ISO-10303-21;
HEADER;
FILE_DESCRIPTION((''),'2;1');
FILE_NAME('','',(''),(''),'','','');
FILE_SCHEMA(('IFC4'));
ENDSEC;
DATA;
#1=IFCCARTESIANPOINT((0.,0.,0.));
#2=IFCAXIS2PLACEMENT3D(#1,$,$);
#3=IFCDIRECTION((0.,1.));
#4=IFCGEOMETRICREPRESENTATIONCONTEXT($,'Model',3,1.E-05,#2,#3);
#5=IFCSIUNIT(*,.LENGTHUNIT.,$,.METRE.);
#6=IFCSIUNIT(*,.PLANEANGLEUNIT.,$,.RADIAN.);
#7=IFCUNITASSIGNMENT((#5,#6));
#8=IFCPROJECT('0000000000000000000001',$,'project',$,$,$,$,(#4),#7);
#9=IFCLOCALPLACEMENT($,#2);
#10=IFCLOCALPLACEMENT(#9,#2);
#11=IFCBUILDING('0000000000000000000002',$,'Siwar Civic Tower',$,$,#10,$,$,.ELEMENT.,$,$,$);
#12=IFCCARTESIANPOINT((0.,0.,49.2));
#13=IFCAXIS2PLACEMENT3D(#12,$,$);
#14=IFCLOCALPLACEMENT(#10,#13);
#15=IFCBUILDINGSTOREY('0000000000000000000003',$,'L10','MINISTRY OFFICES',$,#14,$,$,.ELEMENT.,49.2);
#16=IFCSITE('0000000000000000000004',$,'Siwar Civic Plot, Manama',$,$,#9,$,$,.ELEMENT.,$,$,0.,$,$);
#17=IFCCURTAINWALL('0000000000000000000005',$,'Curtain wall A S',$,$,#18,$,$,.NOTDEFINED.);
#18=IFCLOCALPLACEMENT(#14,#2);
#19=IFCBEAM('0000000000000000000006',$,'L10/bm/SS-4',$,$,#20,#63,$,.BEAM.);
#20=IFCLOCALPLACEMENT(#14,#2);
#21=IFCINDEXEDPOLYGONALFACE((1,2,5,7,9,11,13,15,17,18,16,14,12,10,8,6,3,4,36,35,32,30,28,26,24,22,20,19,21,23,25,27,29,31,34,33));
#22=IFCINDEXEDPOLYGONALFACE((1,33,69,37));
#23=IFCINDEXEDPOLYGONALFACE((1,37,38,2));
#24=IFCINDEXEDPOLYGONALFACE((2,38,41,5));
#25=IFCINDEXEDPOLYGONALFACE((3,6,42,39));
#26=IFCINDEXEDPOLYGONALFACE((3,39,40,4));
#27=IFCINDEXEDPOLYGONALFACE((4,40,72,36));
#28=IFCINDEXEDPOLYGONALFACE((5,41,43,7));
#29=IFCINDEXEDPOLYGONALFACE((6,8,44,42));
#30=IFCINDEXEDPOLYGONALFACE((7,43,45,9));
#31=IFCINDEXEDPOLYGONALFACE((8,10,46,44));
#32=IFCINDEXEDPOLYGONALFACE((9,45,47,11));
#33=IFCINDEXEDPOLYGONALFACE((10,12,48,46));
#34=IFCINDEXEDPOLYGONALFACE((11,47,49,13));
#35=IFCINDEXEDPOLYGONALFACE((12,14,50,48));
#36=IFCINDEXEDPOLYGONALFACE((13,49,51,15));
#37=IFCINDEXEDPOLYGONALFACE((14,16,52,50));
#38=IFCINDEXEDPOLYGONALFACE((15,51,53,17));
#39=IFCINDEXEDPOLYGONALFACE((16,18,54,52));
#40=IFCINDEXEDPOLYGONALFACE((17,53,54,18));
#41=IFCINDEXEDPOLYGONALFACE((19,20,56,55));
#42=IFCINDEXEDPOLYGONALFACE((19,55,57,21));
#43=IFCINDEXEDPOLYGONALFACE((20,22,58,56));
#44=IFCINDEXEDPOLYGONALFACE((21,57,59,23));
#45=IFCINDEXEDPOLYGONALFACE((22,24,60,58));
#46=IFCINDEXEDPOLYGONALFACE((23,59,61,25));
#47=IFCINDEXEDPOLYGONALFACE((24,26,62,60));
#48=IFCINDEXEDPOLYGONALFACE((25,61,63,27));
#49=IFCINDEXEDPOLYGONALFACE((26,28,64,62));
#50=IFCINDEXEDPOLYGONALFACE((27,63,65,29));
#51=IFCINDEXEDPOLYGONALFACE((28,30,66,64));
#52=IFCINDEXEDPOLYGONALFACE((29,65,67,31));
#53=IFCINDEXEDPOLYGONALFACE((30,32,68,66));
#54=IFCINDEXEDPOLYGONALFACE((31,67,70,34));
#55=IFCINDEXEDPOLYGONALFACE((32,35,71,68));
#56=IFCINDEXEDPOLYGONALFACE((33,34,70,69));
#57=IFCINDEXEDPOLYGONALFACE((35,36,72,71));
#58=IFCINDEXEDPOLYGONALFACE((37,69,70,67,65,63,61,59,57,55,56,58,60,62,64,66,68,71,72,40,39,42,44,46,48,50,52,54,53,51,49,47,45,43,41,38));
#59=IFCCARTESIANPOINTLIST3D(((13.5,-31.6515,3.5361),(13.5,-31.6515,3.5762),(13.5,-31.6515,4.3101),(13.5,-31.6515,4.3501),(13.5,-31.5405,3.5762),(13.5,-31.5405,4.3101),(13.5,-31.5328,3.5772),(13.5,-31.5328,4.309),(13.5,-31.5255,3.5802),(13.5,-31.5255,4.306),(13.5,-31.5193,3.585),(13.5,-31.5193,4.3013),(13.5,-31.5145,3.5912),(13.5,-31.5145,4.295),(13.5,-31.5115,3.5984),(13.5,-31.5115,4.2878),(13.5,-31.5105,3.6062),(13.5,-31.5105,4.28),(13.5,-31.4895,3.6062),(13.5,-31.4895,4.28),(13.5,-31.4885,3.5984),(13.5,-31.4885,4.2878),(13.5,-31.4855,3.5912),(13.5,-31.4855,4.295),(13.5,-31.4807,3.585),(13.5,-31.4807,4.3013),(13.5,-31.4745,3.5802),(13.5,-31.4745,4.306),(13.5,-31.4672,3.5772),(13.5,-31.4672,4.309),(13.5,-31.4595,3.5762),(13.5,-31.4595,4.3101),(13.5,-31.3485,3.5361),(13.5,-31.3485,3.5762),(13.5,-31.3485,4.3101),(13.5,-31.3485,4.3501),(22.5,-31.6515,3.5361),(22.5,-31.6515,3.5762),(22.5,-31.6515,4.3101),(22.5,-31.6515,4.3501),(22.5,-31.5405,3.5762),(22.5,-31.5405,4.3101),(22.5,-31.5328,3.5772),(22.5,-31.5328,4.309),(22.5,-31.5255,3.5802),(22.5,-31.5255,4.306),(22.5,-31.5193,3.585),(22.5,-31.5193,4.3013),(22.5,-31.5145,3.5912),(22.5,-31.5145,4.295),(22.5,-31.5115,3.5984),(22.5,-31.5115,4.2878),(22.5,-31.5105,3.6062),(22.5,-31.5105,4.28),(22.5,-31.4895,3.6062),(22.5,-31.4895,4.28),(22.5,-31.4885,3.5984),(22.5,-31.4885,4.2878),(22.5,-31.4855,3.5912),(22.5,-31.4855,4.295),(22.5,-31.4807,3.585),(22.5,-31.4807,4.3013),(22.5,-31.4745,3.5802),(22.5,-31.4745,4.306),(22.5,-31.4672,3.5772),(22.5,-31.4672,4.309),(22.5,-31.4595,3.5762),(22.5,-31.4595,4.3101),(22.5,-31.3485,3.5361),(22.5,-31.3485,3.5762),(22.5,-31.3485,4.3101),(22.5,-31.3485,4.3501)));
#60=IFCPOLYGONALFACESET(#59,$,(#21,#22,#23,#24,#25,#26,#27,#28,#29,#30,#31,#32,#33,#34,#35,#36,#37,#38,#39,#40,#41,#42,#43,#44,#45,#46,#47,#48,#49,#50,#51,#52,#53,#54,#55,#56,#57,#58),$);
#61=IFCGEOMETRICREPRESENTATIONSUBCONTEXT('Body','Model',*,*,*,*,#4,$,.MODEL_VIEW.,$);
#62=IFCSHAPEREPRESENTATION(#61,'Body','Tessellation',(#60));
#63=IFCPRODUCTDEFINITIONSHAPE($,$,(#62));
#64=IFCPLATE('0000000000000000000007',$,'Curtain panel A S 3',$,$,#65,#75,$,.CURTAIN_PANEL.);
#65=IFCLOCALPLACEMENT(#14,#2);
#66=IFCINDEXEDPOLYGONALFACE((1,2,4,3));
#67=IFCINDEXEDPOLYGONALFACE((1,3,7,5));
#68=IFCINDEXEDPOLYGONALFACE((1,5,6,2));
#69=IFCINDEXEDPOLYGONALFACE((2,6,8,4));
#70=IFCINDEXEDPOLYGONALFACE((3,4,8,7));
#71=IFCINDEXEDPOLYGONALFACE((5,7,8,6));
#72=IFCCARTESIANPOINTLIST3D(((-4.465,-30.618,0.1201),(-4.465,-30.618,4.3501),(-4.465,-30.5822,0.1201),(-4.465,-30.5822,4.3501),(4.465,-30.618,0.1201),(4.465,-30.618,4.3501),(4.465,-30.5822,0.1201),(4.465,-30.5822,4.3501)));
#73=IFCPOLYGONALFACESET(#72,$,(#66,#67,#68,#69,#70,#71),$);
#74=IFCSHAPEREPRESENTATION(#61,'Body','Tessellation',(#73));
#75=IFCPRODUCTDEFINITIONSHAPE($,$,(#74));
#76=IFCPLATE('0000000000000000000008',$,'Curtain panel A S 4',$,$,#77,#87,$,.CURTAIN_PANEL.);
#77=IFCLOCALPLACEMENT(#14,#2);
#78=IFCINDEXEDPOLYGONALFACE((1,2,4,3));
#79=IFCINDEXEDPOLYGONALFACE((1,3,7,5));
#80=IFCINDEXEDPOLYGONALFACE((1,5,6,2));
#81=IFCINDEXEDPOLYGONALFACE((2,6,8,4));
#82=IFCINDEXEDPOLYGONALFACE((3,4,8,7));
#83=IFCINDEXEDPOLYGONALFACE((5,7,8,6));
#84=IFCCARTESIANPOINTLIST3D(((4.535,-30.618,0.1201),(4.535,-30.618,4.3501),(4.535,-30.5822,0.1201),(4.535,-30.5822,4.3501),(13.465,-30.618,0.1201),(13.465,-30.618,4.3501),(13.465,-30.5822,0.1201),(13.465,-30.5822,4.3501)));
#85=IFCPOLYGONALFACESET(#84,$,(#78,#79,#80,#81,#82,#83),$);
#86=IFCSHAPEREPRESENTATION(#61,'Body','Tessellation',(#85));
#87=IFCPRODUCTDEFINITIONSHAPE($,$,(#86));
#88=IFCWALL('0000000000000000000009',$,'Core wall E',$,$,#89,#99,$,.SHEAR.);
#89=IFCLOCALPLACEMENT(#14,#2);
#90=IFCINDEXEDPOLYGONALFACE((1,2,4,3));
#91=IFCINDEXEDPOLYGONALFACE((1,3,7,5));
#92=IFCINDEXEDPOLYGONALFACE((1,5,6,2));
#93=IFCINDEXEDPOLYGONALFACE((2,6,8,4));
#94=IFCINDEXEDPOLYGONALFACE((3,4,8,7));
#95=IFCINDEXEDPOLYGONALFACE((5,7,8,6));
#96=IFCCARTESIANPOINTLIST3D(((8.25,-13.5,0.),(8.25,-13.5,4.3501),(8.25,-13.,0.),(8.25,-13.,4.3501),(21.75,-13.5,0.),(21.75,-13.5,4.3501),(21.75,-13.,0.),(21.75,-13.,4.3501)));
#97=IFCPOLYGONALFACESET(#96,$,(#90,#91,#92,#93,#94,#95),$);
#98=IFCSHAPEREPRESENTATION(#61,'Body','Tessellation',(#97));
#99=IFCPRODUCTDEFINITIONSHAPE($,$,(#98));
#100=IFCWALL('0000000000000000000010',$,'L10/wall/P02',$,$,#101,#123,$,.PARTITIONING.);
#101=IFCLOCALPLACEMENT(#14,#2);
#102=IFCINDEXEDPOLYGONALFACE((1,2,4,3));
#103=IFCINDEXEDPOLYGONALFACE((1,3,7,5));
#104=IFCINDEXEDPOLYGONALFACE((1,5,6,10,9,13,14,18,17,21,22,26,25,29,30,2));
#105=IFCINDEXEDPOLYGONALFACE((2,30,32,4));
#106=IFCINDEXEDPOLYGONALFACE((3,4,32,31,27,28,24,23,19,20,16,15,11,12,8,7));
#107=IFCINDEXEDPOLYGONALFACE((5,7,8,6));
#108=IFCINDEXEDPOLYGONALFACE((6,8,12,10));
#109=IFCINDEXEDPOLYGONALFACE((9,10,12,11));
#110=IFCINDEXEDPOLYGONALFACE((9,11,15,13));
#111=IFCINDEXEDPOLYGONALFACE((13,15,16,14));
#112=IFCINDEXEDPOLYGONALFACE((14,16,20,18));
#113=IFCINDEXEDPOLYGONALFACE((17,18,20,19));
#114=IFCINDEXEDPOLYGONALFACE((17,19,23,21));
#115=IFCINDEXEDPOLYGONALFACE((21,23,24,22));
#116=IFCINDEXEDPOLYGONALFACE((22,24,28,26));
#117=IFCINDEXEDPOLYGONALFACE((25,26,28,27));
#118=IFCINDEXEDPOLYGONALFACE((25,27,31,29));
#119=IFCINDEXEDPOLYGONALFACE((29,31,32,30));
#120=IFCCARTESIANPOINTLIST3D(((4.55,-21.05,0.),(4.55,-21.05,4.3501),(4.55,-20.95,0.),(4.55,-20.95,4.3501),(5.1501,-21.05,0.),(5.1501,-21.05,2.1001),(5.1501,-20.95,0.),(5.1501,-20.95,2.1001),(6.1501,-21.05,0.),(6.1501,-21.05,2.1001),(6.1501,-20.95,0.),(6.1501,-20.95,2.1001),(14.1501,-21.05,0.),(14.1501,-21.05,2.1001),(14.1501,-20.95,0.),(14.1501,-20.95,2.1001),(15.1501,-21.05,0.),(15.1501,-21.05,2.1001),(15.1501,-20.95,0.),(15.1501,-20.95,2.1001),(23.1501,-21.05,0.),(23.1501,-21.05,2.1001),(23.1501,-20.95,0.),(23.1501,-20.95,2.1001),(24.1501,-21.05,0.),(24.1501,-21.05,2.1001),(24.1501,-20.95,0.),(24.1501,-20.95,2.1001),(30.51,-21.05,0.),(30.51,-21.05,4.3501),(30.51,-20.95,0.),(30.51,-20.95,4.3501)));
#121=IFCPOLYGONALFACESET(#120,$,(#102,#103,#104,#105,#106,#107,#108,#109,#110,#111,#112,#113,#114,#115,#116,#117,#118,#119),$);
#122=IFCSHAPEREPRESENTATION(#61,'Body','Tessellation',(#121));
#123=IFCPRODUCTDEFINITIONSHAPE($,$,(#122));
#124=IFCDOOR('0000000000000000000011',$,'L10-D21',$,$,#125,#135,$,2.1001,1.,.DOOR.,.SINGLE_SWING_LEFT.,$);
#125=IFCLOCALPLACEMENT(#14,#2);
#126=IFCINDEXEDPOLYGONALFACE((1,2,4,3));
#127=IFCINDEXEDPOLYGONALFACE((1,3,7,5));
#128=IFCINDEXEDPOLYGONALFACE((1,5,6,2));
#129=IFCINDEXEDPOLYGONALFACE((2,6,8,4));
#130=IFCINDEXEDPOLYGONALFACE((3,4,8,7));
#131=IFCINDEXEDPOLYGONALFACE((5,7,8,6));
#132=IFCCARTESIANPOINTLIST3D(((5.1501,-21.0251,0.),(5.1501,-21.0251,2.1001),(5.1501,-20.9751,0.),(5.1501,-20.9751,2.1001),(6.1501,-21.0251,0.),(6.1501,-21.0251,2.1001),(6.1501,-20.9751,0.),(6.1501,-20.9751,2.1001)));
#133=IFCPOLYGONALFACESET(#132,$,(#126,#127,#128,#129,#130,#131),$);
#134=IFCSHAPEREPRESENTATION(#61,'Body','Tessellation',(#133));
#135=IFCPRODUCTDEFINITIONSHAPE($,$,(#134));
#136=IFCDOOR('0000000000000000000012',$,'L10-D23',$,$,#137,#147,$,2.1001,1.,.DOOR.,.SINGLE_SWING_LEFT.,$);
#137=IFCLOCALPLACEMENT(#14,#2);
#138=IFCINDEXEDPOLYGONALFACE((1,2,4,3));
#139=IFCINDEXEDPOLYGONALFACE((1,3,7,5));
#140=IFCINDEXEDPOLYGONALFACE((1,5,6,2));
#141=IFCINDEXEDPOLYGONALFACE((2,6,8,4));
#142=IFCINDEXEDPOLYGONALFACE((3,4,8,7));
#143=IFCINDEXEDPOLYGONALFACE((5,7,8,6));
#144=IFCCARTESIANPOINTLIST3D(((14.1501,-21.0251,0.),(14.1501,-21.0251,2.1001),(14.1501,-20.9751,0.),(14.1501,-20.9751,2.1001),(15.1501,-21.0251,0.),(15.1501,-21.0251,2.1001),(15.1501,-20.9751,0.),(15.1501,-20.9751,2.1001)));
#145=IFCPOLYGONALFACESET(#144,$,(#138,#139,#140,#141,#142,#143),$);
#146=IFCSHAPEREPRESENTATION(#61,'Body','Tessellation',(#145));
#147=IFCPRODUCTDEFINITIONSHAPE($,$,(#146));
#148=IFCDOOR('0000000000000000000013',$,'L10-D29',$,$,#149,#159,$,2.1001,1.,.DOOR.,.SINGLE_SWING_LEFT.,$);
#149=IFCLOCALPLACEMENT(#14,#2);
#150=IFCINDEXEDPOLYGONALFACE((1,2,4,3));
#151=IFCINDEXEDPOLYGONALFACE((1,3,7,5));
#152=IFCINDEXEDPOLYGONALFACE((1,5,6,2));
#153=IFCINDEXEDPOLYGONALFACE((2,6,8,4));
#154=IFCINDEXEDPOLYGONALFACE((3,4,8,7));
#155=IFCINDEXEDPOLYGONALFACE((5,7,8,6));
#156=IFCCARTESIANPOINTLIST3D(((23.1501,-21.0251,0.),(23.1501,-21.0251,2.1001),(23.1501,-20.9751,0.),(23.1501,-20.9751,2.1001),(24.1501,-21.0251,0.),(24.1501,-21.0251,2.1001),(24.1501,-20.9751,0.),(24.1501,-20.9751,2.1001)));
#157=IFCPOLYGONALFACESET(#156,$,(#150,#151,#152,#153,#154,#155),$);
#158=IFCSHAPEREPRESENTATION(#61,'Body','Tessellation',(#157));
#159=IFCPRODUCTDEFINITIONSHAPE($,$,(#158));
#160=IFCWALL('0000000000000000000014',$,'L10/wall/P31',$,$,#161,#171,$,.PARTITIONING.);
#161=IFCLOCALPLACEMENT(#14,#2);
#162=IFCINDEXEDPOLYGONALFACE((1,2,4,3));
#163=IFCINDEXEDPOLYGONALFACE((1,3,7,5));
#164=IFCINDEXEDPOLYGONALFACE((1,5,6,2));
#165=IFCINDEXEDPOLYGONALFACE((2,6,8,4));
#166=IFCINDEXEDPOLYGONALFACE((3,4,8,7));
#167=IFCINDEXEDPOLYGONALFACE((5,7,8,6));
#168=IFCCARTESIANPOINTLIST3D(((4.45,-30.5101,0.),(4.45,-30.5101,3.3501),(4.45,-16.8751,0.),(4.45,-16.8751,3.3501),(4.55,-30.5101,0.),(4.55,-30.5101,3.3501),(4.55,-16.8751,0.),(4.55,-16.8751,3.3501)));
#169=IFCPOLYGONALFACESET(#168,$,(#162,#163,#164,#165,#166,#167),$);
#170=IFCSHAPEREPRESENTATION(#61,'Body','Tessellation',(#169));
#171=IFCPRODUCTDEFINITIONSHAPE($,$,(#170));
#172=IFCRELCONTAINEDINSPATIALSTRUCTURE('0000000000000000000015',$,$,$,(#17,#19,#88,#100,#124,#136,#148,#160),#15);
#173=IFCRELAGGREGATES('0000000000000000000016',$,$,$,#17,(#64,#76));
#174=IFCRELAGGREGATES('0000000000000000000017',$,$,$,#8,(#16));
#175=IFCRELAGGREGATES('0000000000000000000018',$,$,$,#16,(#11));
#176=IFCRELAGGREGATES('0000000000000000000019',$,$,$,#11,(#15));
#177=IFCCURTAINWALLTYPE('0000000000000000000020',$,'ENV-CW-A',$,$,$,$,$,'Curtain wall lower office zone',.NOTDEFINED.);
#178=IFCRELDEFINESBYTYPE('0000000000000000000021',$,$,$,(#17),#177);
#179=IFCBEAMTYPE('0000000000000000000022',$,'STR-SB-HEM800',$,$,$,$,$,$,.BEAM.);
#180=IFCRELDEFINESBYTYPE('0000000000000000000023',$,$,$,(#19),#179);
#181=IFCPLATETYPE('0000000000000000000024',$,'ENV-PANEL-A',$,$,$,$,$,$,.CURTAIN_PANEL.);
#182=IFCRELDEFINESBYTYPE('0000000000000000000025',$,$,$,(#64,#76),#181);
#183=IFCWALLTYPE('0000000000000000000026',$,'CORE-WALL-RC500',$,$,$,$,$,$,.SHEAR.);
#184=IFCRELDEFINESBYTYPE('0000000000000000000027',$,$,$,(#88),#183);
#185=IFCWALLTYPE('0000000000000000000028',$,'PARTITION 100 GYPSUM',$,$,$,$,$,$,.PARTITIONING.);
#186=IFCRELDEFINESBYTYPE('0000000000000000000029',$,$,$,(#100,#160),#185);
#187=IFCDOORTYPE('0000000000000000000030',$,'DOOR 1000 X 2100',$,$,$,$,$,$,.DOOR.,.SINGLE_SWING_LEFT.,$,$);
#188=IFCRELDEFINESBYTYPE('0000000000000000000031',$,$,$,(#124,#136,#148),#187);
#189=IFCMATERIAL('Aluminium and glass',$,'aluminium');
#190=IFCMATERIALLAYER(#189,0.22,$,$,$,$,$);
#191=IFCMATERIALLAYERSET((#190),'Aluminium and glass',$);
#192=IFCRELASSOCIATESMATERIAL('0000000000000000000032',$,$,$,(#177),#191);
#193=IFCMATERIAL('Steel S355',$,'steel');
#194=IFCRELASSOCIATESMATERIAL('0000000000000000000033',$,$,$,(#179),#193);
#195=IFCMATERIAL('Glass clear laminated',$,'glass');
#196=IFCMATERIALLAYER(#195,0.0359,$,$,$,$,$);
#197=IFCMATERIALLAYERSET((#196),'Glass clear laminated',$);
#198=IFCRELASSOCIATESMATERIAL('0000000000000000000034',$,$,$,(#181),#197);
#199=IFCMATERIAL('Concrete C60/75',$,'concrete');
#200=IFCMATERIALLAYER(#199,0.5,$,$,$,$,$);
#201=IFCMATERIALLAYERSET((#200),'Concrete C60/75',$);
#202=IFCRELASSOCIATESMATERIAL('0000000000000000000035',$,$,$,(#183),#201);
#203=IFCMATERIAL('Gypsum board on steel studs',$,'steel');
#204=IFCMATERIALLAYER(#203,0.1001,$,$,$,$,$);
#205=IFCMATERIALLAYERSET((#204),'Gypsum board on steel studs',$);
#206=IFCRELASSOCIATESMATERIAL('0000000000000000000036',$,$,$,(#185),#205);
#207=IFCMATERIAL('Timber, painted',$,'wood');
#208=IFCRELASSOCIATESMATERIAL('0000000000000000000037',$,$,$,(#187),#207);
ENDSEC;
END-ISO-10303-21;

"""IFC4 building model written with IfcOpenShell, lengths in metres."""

from ifc_helpers import new_model, si_unit, direction, frame, frame_2d, origin, origin_2d, place, context, subcontext, project, spatial, rectangle, i_section, extrude, material, layer, layer_set, material_profile, profile_set, type_object, element, fill, aggregate, save


model = new_model("IFC4")

# Units and contexts
model_context = context("Model", 3, precision=1e-05, world=origin(), true_north=direction((0.0, 1.0)))
body_context = subcontext(model_context, "Body", "Model", "MODEL_VIEW")
ifc_project = project(units=[si_unit("LENGTHUNIT", "METRE"), si_unit("PLANEANGLEUNIT", "RADIAN")], contexts=[model_context])

# Site, building, storey
site_placement = place(None, origin())
site = spatial("IfcSite", under=ifc_project, at=site_placement, Name="Siwar Civic Plot, Manama", CompositionType="ELEMENT", RefElevation=0.0)
building_placement = place(site_placement, origin())
building = spatial("IfcBuilding", under=site, at=building_placement, Name="Siwar Civic Tower", CompositionType="ELEMENT")
storey_placement = place(building_placement, frame((0.0, 0.0, 49.2)))
storey = spatial("IfcBuildingStorey", under=building, at=storey_placement, Name="L10", Description="MINISTRY OFFICES", CompositionType="ELEMENT", Elevation=49.2)

# Curtain wall
ifc_material_1 = material(Name="Aluminium and glass", Category="aluminium")
ifc_layer_1 = layer(ifc_material_1, 0.22)
ifc_layer_set_1 = layer_set([ifc_layer_1], Name="Aluminium and glass")
curtain_wall_type = type_object("IfcCurtainWallType", Name="ENV-CW-A", ElementType="Curtain wall lower office zone", PredefinedType="NOTDEFINED", material=ifc_layer_set_1)
curtain_wall_placement = place(storey_placement, origin())
curtain_wall = element("IfcCurtainWall", 1, at=curtain_wall_placement, inside=storey, type_object=curtain_wall_type, Name="Curtain wall A S", PredefinedType="NOTDEFINED")

# Beam
ifc_material_2 = material(Name="Steel S355", Category="steel")
ifc_material_profile_1 = material_profile(ifc_material_2, i_section(OverallWidth=0.303, OverallDepth=0.814, WebThickness=0.021, FlangeThickness=0.04, FilletRadius=0.03, at=origin_2d()), Name="HEM800")
ifc_profile_set_1 = profile_set([ifc_material_profile_1], Name="Steel S355")
beam_type_1 = type_object("IfcBeamType", Name="STR-SB-HEM800", PredefinedType="BEAM", material=ifc_profile_set_1)
for number, where, z_axis, x_axis, name in (
    (2, (13.5, -31.5, 3.9431), (1.0, 0.0, 0.0), (0.0, 1.0, 0.0), "L10/bm/SS-4"),
):
    element("IfcBeam", number, at=place(storey_placement, frame(where, z_axis=z_axis, x_axis=x_axis)), inside=storey, type_object=beam_type_1, Name=name, PredefinedType="BEAM", context=body_context, shape_type="SweptSolid", body=[
        extrude(i_section(OverallWidth=0.303, OverallDepth=0.814, WebThickness=0.021, FlangeThickness=0.04, FilletRadius=0.03, at=origin_2d()), origin(), (0.0, 0.0, 1.0), 9.0),
    ])

# Plates
ifc_material_3 = material(Name="Glass clear laminated", Category="glass")
ifc_layer_2 = layer(ifc_material_3, 0.0359)
ifc_layer_set_2 = layer_set([ifc_layer_2], Name="Glass clear laminated")
plate_type = type_object("IfcPlateType", Name="ENV-PANEL-A", PredefinedType="CURTAIN_PANEL", material=ifc_layer_set_2)
plate_1_placement = place(storey_placement, frame((0.0, -30.6001, 0.1201), z_axis=(0.0, 0.0, 1.0), x_axis=(1.0, 0.0, 0.0)))
plate_1 = element("IfcPlate", 3, at=plate_1_placement, type_object=plate_type, Name="Curtain panel A S 3", PredefinedType="CURTAIN_PANEL", context=body_context, shape_type="SweptSolid", body=[
    extrude(rectangle(XDim=8.9299, YDim=0.0359, at=origin_2d()), origin(), (0.0, 0.0, 1.0), 4.23),
])
plate_2_placement = place(storey_placement, frame((9.0, -30.6001, 0.1201), z_axis=(0.0, 0.0, 1.0), x_axis=(1.0, 0.0, 0.0)))
plate_2 = element("IfcPlate", 4, at=plate_2_placement, type_object=plate_type, Name="Curtain panel A S 4", PredefinedType="CURTAIN_PANEL", context=body_context, shape_type="SweptSolid", body=[
    extrude(rectangle(XDim=8.9299, YDim=0.0359, at=origin_2d()), origin(), (0.0, 0.0, 1.0), 4.23),
])
aggregate(curtain_wall, [plate_1, plate_2])

# Wall
ifc_material_4 = material(Name="Concrete C60/75", Category="concrete")
ifc_layer_3 = layer(ifc_material_4, 0.5)
ifc_layer_set_3 = layer_set([ifc_layer_3], Name="Concrete C60/75")
wall_type_1 = type_object("IfcWallType", Name="CORE-WALL-RC500", PredefinedType="SHEAR", material=ifc_layer_set_3)
wall_1_placement = place(storey_placement, frame((8.25, -13.25, 0.0), z_axis=(0.0, 0.0, 1.0), x_axis=(1.0, 0.0, 0.0)))
element("IfcWall", 5, at=wall_1_placement, inside=storey, type_object=wall_type_1, Name="Core wall E", PredefinedType="SHEAR", context=body_context, shape_type="SweptSolid", body=[
    extrude(rectangle(XDim=13.5, YDim=0.5, at=frame_2d((6.75, 0.0))), origin(), (0.0, 0.0, 1.0), 4.3501),
])

# Wall, openings, doors
ifc_material_5 = material(Name="Gypsum board on steel studs", Category="steel")
ifc_layer_4 = layer(ifc_material_5, 0.1001)
ifc_layer_set_4 = layer_set([ifc_layer_4], Name="Gypsum board on steel studs")
wall_type_2 = type_object("IfcWallType", Name="PARTITION 100 GYPSUM", PredefinedType="PARTITIONING", material=ifc_layer_set_4)
wall_2_placement = place(storey_placement, frame((4.55, -21.0, 0.0), z_axis=(0.0, 0.0, 1.0), x_axis=(1.0, 0.0, 0.0)))
wall_2 = element("IfcWall", 6, at=wall_2_placement, inside=storey, type_object=wall_type_2, Name="L10/wall/P02", PredefinedType="PARTITIONING", context=body_context, shape_type="SweptSolid", body=[
    extrude(rectangle(XDim=25.96, YDim=0.1001, at=frame_2d((12.98, 0.0))), origin(), (0.0, 0.0, 1.0), 4.3501),
])
opening_1_placement = place(wall_2_placement, frame((0.6001, 0.0, 0.0)))
opening_1 = element("IfcOpeningElement", 7, at=opening_1_placement, cuts=wall_2, PredefinedType="OPENING", context=body_context, shape_type="SweptSolid", body=[
    extrude(rectangle(XDim=1.0, YDim=2.1001, at=frame_2d((0.5, 1.05))), frame((0.0, 0.0601, 0.0), z_axis=(0.0, -1.0, 0.0), x_axis=(1.0, 0.0, 0.0)), (0.0, 0.0, 1.0), 0.1201),
])
opening_2_placement = place(wall_2_placement, frame((9.6001, 0.0, 0.0)))
opening_2 = element("IfcOpeningElement", 8, at=opening_2_placement, cuts=wall_2, PredefinedType="OPENING", context=body_context, shape_type="SweptSolid", body=[
    extrude(rectangle(XDim=1.0, YDim=2.1001, at=frame_2d((0.5, 1.05))), frame((0.0, 0.0601, 0.0), z_axis=(0.0, -1.0, 0.0), x_axis=(1.0, 0.0, 0.0)), (0.0, 0.0, 1.0), 0.1201),
])
opening_3_placement = place(wall_2_placement, frame((18.6001, 0.0, 0.0)))
opening_3 = element("IfcOpeningElement", 9, at=opening_3_placement, cuts=wall_2, PredefinedType="OPENING", context=body_context, shape_type="SweptSolid", body=[
    extrude(rectangle(XDim=1.0, YDim=2.1001, at=frame_2d((0.5, 1.05))), frame((0.0, 0.0601, 0.0), z_axis=(0.0, -1.0, 0.0), x_axis=(1.0, 0.0, 0.0)), (0.0, 0.0, 1.0), 0.1201),
])
ifc_material_6 = material(Name="Timber, painted", Category="wood")
door_type = type_object("IfcDoorType", Name="DOOR 1000 X 2100", OperationType="SINGLE_SWING_LEFT", PredefinedType="DOOR", material=ifc_material_6)
door_1_placement = place(opening_1_placement, origin())
door_1 = element("IfcDoor", 10, at=door_1_placement, inside=storey, type_object=door_type, Name="L10-D21", OperationType="SINGLE_SWING_LEFT", OverallHeight=2.1001, OverallWidth=1.0, PredefinedType="DOOR", context=body_context, shape_type="SweptSolid", body=[
    extrude(rectangle(XDim=1.0, YDim=2.1001, at=frame_2d((0.5, 1.05))), frame((0.0, 0.0249, 0.0), z_axis=(0.0, -1.0, 0.0), x_axis=(1.0, 0.0, 0.0)), (0.0, 0.0, 1.0), 0.05),
])
fill(opening_1, door_1)
door_2_placement = place(opening_2_placement, origin())
door_2 = element("IfcDoor", 11, at=door_2_placement, inside=storey, type_object=door_type, Name="L10-D23", OperationType="SINGLE_SWING_LEFT", OverallHeight=2.1001, OverallWidth=1.0, PredefinedType="DOOR", context=body_context, shape_type="SweptSolid", body=[
    extrude(rectangle(XDim=1.0, YDim=2.1001, at=frame_2d((0.5, 1.05))), frame((0.0, 0.0249, 0.0), z_axis=(0.0, -1.0, 0.0), x_axis=(1.0, 0.0, 0.0)), (0.0, 0.0, 1.0), 0.05),
])
fill(opening_2, door_2)
door_3_placement = place(opening_3_placement, origin())
door_3 = element("IfcDoor", 12, at=door_3_placement, inside=storey, type_object=door_type, Name="L10-D29", OperationType="SINGLE_SWING_LEFT", OverallHeight=2.1001, OverallWidth=1.0, PredefinedType="DOOR", context=body_context, shape_type="SweptSolid", body=[
    extrude(rectangle(XDim=1.0, YDim=2.1001, at=frame_2d((0.5, 1.05))), frame((0.0, 0.0249, 0.0), z_axis=(0.0, -1.0, 0.0), x_axis=(1.0, 0.0, 0.0)), (0.0, 0.0, 1.0), 0.05),
])
fill(opening_3, door_3)

# Wall
wall_3_placement = place(storey_placement, frame((4.5, -30.51, 0.0), z_axis=(0.0, 0.0, 1.0), x_axis=(0.0, 1.0, 0.0)))
element("IfcWall", 13, at=wall_3_placement, inside=storey, type_object=wall_type_2, Name="L10/wall/P31", PredefinedType="PARTITIONING", context=body_context, shape_type="SweptSolid", body=[
    extrude(rectangle(XDim=13.635, YDim=0.1001, at=frame_2d((6.8174, 0.0))), origin(), (0.0, 0.0, 1.0), 3.3501),
])

save(model, "model.ifc")
